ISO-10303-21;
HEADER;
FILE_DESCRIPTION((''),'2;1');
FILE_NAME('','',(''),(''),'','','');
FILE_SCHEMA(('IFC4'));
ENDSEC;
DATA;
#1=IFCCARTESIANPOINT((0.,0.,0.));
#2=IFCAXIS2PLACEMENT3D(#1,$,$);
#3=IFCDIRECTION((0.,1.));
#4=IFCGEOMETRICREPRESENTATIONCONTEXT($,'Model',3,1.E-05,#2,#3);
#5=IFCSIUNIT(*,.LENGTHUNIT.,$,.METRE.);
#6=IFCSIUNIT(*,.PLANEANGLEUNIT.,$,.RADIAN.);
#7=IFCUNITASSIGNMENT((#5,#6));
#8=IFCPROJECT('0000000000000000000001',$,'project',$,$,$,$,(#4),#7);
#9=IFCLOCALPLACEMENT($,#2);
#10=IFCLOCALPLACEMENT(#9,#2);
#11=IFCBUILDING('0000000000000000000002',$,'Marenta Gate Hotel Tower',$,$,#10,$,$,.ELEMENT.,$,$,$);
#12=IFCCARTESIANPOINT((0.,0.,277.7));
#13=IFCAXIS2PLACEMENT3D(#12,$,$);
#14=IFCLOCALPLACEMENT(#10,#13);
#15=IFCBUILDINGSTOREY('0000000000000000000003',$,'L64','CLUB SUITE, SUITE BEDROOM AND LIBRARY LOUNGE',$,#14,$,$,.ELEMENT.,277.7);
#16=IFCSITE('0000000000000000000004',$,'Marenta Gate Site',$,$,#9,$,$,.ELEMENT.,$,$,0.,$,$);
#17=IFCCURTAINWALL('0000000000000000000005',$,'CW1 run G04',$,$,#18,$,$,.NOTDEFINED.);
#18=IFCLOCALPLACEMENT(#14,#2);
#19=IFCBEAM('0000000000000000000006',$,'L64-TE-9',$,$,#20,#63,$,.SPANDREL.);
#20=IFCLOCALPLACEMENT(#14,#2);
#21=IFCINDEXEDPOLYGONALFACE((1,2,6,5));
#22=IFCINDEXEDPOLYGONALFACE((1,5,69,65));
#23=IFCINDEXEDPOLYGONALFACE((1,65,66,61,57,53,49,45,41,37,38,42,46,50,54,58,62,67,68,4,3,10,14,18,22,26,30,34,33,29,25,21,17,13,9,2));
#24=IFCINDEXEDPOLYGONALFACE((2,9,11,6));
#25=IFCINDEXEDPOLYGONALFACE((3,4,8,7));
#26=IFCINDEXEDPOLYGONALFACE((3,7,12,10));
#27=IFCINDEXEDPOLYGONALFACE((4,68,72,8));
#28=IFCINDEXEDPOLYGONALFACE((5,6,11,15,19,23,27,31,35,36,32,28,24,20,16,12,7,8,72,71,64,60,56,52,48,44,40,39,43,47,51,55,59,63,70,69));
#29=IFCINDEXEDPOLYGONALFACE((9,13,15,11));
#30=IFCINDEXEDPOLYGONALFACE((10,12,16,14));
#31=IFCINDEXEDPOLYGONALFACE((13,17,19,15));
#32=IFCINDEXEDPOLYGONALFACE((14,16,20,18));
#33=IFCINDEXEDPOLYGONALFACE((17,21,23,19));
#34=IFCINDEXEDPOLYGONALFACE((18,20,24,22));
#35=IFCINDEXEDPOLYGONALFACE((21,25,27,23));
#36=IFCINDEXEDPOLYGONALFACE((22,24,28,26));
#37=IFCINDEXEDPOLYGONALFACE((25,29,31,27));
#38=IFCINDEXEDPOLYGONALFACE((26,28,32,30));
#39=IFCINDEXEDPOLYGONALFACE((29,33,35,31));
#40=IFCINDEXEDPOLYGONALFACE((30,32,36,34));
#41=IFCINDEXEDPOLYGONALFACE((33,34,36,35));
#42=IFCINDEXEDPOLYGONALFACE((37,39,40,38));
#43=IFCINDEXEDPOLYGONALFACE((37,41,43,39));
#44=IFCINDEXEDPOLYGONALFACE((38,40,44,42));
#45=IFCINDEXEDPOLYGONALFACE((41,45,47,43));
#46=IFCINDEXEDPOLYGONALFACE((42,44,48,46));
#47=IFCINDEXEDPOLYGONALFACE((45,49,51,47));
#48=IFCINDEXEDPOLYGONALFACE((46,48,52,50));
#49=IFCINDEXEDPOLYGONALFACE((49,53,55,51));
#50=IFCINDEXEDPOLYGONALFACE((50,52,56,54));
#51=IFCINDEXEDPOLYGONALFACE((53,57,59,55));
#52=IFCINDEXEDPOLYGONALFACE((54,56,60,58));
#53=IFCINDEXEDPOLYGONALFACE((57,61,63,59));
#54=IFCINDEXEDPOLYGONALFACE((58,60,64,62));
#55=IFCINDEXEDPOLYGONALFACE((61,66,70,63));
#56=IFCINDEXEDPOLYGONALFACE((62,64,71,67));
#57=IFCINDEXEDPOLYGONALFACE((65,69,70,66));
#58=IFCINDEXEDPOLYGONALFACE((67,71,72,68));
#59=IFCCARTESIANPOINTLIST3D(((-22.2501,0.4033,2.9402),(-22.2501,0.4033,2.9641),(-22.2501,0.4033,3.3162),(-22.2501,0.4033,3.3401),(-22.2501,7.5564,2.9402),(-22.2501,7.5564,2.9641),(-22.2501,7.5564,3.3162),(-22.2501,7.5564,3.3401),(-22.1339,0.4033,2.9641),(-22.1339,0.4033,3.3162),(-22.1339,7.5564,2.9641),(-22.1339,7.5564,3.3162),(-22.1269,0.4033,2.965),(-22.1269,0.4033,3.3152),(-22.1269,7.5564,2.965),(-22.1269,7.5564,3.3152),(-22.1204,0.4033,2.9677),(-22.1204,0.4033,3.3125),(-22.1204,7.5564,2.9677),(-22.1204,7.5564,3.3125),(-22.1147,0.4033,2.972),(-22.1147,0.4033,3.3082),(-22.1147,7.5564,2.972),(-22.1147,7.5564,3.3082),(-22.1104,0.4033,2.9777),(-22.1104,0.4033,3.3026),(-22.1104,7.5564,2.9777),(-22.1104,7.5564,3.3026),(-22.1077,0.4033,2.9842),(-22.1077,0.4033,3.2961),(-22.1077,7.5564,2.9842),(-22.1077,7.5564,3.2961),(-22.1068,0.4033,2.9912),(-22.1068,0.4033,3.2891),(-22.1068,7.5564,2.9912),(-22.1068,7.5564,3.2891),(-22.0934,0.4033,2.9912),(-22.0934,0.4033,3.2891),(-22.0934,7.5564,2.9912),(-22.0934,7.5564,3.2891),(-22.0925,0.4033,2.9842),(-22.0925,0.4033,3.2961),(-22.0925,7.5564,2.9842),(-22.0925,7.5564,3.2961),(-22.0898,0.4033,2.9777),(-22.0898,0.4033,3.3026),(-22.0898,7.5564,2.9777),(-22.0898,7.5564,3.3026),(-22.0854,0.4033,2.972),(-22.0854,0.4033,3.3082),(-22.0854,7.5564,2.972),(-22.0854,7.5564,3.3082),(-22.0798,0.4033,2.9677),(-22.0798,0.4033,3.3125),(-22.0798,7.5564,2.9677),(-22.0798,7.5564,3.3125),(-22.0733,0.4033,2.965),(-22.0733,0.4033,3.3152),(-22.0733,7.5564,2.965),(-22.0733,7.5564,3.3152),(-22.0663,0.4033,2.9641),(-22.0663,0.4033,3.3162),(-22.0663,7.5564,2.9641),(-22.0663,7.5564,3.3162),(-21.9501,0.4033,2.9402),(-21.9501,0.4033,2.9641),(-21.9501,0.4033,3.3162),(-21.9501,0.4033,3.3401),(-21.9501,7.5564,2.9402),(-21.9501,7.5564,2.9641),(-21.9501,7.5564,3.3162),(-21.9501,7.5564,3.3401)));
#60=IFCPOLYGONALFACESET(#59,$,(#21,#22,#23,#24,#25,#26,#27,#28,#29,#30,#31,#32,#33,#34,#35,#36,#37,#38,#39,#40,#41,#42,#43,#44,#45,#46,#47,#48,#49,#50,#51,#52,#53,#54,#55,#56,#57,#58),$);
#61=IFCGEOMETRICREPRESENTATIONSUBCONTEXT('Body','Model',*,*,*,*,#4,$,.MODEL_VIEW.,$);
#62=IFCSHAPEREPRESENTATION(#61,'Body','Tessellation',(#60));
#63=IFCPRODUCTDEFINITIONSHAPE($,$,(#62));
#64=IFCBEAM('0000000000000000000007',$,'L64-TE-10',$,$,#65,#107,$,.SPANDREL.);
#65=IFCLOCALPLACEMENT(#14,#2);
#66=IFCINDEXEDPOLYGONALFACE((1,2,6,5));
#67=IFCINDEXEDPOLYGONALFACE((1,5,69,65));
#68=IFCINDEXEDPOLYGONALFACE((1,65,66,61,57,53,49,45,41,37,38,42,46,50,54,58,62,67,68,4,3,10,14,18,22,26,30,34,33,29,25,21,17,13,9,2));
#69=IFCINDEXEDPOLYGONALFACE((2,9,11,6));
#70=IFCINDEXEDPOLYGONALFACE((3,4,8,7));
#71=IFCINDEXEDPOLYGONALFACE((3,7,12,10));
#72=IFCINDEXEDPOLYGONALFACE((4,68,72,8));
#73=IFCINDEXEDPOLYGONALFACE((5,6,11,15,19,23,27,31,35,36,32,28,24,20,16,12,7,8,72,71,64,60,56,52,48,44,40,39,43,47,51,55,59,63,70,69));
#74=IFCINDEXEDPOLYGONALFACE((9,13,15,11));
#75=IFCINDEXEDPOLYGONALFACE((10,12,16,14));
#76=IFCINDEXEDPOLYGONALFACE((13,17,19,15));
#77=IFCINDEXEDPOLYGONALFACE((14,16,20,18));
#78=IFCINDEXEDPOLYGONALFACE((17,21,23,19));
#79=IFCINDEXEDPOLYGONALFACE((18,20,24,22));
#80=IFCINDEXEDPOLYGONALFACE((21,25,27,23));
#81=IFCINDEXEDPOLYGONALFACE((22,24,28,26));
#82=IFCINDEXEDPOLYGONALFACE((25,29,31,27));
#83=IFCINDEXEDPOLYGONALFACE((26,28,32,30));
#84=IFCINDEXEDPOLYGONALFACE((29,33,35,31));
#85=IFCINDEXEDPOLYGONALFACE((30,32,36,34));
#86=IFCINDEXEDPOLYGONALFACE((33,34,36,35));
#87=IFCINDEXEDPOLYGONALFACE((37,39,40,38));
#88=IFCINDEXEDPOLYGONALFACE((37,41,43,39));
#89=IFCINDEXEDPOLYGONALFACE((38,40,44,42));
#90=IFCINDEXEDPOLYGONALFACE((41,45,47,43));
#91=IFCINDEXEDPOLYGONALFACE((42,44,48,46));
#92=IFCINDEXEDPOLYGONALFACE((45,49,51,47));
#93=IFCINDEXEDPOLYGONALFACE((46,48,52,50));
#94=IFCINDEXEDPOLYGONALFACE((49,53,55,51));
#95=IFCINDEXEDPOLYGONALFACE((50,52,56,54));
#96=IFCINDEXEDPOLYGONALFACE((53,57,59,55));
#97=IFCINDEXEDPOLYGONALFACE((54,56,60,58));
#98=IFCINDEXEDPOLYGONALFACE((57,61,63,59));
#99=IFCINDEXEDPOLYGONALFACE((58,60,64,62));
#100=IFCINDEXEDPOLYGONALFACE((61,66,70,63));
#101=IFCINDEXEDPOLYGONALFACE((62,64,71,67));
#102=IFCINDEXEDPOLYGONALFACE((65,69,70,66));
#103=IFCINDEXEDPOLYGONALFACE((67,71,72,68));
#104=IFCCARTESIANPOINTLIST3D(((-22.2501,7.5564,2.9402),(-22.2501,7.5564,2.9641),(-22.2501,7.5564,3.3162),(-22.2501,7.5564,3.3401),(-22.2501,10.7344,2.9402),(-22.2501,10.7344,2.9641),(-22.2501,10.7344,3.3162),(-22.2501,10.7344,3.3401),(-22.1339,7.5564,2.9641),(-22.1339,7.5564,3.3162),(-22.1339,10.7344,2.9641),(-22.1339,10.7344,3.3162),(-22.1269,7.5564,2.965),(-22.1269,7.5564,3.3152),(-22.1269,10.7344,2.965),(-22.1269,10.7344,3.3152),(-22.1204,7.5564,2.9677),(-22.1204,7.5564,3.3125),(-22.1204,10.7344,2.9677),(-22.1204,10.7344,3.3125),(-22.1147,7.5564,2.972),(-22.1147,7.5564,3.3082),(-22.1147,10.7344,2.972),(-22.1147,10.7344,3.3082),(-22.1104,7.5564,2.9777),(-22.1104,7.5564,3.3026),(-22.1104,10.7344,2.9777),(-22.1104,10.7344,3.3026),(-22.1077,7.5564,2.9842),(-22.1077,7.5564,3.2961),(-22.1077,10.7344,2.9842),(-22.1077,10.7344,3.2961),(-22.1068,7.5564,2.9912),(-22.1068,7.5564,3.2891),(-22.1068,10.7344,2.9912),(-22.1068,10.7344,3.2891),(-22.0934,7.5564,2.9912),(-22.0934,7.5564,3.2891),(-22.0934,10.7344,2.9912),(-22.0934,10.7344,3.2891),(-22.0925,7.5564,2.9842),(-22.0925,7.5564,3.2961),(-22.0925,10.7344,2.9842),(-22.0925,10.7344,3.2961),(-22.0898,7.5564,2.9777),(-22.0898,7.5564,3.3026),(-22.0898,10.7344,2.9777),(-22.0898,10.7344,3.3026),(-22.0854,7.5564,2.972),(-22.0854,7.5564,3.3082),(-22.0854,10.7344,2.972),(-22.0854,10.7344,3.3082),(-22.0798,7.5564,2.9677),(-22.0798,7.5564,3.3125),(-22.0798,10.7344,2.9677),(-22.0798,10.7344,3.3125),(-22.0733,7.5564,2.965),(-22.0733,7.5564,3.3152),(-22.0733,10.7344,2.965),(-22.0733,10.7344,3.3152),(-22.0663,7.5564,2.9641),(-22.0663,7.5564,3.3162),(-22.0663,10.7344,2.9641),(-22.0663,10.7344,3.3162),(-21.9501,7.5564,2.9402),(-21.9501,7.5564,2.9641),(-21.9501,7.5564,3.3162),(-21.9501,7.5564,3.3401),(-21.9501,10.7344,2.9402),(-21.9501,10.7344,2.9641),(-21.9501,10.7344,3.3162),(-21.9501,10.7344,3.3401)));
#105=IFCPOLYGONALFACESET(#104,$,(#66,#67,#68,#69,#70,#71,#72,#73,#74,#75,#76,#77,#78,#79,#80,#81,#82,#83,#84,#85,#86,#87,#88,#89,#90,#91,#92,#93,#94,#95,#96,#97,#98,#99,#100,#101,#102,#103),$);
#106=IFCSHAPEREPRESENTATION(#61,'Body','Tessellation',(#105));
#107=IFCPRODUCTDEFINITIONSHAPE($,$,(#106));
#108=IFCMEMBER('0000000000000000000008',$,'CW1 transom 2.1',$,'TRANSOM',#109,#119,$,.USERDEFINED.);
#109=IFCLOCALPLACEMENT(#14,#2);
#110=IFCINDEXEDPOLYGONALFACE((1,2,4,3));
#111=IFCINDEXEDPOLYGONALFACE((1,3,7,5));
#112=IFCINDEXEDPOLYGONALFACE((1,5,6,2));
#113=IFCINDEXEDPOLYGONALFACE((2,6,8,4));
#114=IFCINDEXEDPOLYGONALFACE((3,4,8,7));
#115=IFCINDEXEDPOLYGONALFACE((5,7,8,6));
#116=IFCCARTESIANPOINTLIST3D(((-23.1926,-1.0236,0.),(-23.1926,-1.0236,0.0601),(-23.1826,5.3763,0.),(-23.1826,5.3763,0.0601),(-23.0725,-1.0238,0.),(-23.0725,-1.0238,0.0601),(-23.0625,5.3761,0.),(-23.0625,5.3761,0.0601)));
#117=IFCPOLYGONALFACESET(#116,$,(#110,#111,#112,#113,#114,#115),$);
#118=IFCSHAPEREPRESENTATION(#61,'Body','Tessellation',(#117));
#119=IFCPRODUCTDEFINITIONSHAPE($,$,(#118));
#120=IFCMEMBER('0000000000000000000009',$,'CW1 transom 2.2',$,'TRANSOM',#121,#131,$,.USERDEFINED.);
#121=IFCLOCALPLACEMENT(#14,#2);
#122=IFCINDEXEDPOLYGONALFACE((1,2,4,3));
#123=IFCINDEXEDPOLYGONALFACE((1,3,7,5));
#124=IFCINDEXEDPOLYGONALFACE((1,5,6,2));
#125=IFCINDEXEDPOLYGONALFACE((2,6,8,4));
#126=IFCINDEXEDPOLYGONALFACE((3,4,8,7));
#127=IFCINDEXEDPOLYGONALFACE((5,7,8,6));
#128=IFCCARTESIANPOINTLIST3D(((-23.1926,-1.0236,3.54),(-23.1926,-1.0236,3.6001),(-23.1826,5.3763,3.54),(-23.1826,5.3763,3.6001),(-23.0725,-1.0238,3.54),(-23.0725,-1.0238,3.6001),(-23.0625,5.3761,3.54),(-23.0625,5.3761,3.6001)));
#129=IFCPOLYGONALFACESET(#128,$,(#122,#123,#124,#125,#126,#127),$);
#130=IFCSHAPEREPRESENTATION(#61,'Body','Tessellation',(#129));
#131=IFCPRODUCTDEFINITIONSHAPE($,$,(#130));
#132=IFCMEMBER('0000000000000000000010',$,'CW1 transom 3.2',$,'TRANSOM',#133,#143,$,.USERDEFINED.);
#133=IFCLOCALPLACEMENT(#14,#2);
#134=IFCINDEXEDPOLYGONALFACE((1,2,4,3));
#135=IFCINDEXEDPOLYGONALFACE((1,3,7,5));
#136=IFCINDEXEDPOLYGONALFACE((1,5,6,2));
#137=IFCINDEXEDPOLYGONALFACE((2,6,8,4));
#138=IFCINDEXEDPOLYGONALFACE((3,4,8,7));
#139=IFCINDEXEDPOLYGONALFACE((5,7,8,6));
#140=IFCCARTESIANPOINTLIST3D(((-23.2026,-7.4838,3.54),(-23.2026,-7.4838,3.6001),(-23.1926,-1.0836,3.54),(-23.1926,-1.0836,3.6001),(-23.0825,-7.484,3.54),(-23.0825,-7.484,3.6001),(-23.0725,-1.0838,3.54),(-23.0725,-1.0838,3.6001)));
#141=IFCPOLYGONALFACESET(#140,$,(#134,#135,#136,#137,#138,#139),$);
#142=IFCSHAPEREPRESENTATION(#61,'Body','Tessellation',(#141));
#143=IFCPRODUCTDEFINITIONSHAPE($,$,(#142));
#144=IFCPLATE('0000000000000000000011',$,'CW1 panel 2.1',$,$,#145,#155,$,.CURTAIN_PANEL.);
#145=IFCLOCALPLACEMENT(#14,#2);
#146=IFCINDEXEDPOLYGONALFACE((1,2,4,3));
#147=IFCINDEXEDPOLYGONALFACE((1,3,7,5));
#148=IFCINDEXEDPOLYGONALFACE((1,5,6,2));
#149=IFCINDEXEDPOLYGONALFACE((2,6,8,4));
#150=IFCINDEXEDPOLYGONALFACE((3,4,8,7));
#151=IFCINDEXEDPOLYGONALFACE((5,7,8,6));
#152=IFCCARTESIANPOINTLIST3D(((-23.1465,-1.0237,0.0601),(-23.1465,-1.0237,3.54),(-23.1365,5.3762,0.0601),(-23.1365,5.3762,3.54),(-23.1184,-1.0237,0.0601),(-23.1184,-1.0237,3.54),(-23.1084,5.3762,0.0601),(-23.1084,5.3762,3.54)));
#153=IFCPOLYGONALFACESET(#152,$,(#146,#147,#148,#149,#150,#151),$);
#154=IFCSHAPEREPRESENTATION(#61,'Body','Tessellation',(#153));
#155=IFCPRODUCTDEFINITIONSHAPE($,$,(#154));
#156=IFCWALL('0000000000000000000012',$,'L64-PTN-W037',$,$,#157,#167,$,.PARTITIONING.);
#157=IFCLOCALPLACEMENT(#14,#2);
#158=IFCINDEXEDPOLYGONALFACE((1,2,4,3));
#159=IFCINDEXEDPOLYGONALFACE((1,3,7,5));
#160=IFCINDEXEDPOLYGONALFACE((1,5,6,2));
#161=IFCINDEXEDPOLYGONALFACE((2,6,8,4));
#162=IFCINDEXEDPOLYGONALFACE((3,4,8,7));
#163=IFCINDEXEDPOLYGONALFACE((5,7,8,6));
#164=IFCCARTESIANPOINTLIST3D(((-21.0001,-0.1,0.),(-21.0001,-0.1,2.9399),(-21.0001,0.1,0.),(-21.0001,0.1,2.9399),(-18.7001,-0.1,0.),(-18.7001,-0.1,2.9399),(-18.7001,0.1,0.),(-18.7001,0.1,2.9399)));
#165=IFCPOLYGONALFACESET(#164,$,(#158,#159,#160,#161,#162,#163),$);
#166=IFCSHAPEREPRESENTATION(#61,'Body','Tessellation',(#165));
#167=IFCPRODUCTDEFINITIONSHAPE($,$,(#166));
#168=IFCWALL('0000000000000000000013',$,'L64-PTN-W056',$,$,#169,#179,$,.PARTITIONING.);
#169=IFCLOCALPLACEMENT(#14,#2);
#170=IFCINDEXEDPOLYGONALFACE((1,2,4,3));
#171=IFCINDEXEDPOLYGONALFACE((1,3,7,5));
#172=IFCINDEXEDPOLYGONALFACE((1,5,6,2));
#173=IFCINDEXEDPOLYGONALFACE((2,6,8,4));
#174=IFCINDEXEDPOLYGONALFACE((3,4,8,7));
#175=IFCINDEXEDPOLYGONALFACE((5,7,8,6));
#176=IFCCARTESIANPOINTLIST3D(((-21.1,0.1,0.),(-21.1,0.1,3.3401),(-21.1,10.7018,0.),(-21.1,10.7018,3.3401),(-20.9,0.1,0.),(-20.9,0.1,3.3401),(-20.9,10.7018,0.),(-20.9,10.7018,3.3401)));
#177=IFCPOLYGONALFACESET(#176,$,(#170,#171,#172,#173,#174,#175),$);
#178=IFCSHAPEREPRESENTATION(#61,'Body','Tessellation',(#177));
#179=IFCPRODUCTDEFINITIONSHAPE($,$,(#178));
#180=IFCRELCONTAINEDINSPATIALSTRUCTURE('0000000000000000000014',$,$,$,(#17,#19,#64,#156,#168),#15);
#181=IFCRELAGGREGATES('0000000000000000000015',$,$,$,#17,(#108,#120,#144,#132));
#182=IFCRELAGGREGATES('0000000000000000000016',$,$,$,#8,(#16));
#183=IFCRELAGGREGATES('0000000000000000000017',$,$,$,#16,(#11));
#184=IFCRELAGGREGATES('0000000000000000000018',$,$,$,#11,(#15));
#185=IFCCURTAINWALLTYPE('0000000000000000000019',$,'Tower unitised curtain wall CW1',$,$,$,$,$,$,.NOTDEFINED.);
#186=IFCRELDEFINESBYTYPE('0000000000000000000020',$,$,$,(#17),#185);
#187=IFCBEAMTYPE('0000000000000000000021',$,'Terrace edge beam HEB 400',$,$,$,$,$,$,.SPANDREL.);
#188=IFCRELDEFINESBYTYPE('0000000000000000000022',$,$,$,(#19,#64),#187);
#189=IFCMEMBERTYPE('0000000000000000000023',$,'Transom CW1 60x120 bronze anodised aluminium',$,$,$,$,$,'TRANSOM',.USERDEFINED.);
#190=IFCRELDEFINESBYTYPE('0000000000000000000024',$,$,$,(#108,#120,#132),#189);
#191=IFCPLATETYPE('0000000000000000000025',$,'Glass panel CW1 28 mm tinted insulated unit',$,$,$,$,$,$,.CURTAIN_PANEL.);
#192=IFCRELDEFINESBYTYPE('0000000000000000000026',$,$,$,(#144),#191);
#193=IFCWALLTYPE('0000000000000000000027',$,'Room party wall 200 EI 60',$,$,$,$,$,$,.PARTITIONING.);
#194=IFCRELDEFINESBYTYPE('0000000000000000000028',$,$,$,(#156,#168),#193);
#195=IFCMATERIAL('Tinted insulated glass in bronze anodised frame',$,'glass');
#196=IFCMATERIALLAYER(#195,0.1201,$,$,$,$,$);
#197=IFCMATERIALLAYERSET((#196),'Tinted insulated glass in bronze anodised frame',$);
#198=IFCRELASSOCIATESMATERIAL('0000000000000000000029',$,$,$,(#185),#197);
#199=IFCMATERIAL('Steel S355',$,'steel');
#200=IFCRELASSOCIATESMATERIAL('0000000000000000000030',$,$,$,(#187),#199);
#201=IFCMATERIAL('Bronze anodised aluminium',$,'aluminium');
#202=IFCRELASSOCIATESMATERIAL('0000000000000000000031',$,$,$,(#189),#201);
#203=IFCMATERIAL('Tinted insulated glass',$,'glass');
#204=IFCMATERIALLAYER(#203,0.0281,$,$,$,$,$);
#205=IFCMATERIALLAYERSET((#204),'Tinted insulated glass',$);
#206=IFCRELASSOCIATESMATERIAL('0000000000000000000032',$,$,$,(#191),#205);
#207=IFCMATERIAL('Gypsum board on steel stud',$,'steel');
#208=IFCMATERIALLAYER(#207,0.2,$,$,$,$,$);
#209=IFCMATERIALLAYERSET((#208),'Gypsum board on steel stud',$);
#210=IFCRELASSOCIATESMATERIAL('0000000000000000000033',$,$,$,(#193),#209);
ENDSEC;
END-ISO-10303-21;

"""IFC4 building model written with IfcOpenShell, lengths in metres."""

from ifc_helpers import new_model, si_unit, direction, frame, frame_2d, origin, origin_2d, place, context, subcontext, project, spatial, rectangle, i_section, extrude, material, layer, layer_set, material_profile, profile_set, type_object, element, aggregate, save


model = new_model("IFC4")

# Units and contexts
model_context = context("Model", 3, precision=1e-05, world=origin(), true_north=direction((0.0, 1.0)))
body_context = subcontext(model_context, "Body", "Model", "MODEL_VIEW")
ifc_project = project(units=[si_unit("LENGTHUNIT", "METRE"), si_unit("PLANEANGLEUNIT", "RADIAN")], contexts=[model_context])

# Site, building, storey
site_placement = place(None, origin())
site = spatial("IfcSite", under=ifc_project, at=site_placement, Name="Marenta Gate Site", CompositionType="ELEMENT", RefElevation=0.0)
building_placement = place(site_placement, origin())
building = spatial("IfcBuilding", under=site, at=building_placement, Name="Marenta Gate Hotel Tower", CompositionType="ELEMENT")
storey_placement = place(building_placement, frame((0.0, 0.0, 277.7)))
storey = spatial("IfcBuildingStorey", under=building, at=storey_placement, Name="L64", Description="CLUB SUITE, SUITE BEDROOM AND LIBRARY LOUNGE", CompositionType="ELEMENT", Elevation=277.7)

# Curtain wall
ifc_material_1 = material(Name="Tinted insulated glass in bronze anodised frame", Category="glass")
ifc_layer_1 = layer(ifc_material_1, 0.1201)
ifc_layer_set_1 = layer_set([ifc_layer_1], Name="Tinted insulated glass in bronze anodised frame")
curtain_wall_type = type_object("IfcCurtainWallType", Name="Tower unitised curtain wall CW1", PredefinedType="NOTDEFINED", material=ifc_layer_set_1)
curtain_wall_placement = place(storey_placement, origin())
curtain_wall = element("IfcCurtainWall", 1, at=curtain_wall_placement, inside=storey, type_object=curtain_wall_type, Name="CW1 run G04", PredefinedType="NOTDEFINED")

# Beams
ifc_material_2 = material(Name="Steel S355", Category="steel")
ifc_material_profile_1 = material_profile(ifc_material_2, i_section(OverallWidth=0.3, OverallDepth=0.3999, WebThickness=0.0134, FlangeThickness=0.0239, FilletRadius=0.0271, at=origin_2d()), Name="HEB 400")
ifc_profile_set_1 = profile_set([ifc_material_profile_1], Name="Steel S355")
beam_type_1 = type_object("IfcBeamType", Name="Terrace edge beam HEB 400", PredefinedType="SPANDREL", material=ifc_profile_set_1)
beam_1_placement = place(storey_placement, frame((-22.1001, 0.4033, 3.1401), z_axis=(0.0, 1.0, 0.0), x_axis=(-1.0, 0.0, 0.0)))
element("IfcBeam", 2, at=beam_1_placement, inside=storey, type_object=beam_type_1, Name="L64-TE-9", PredefinedType="SPANDREL", context=body_context, shape_type="SweptSolid", body=[
    extrude(i_section(OverallWidth=0.3, OverallDepth=0.3999, WebThickness=0.0134, FlangeThickness=0.0239, FilletRadius=0.0271, at=origin_2d()), origin(), (0.0, 0.0, 1.0), 7.1531),
])
beam_2_placement = place(storey_placement, frame((-22.1001, 7.5564, 3.1401), z_axis=(0.0, 1.0, 0.0), x_axis=(-1.0, 0.0, 0.0)))
element("IfcBeam", 3, at=beam_2_placement, inside=storey, type_object=beam_type_1, Name="L64-TE-10", PredefinedType="SPANDREL", context=body_context, shape_type="SweptSolid", body=[
    extrude(i_section(OverallWidth=0.3, OverallDepth=0.3999, WebThickness=0.0134, FlangeThickness=0.0239, FilletRadius=0.0271, at=origin_2d()), origin(), (0.0, 0.0, 1.0), 3.178),
])

# Members
ifc_material_3 = material(Name="Bronze anodised aluminium", Category="aluminium")
ifc_material_profile_2 = material_profile(ifc_material_3, rectangle(XDim=0.1201, YDim=0.0601, at=origin_2d()), Name="Transom CW1 60x120 bronze anodised aluminium")
ifc_profile_set_2 = profile_set([ifc_material_profile_2], Name="Bronze anodised aluminium")
member_type_1 = type_object("IfcMemberType", Name="Transom CW1 60x120 bronze anodised aluminium", ElementType="TRANSOM", PredefinedType="USERDEFINED", material=ifc_profile_set_2)
member_1_placement = place(storey_placement, frame((-23.1226, 5.3762, 0.03), z_axis=(-0.001564, -0.999999, 0.0), x_axis=(0.999999, -0.001564, 0.0)))
member_1 = element("IfcMember", 4, at=member_1_placement, type_object=member_type_1, Name="CW1 transom 2.1", ObjectType="TRANSOM", PredefinedType="USERDEFINED", context=body_context, shape_type="SweptSolid", body=[
    extrude(rectangle(XDim=0.1201, YDim=0.0601, at=origin_2d()), origin(), (0.0, 0.0, 1.0), 6.3999),
])
member_2_placement = place(storey_placement, frame((-23.1226, 5.3762, 3.5701), z_axis=(-0.001564, -0.999999, 0.0), x_axis=(0.999999, -0.001564, 0.0)))
member_2 = element("IfcMember", 5, at=member_2_placement, type_object=member_type_1, Name="CW1 transom 2.2", ObjectType="TRANSOM", PredefinedType="USERDEFINED", context=body_context, shape_type="SweptSolid", body=[
    extrude(rectangle(XDim=0.1201, YDim=0.0601, at=origin_2d()), origin(), (0.0, 0.0, 1.0), 6.3999),
])
member_3_placement = place(storey_placement, frame((-23.1326, -1.0837, 3.5701), z_axis=(-0.001564, -0.999999, 0.0), x_axis=(0.999999, -0.001564, 0.0)))
member_3 = element("IfcMember", 6, at=member_3_placement, type_object=member_type_1, Name="CW1 transom 3.2", ObjectType="TRANSOM", PredefinedType="USERDEFINED", context=body_context, shape_type="SweptSolid", body=[
    extrude(rectangle(XDim=0.1201, YDim=0.0601, at=origin_2d()), origin(), (0.0, 0.0, 1.0), 6.4001),
])

# Plate
ifc_material_4 = material(Name="Tinted insulated glass", Category="glass")
ifc_layer_2 = layer(ifc_material_4, 0.0281)
ifc_layer_set_2 = layer_set([ifc_layer_2], Name="Tinted insulated glass")
plate_type = type_object("IfcPlateType", Name="Glass panel CW1 28 mm tinted insulated unit", PredefinedType="CURTAIN_PANEL", material=ifc_layer_set_2)
plate_placement = place(storey_placement, frame((-23.1274, 2.1763, 0.0601), z_axis=(0.0, 0.0, 1.0), x_axis=(-0.001566, -0.999999, 0.0)))
plate = element("IfcPlate", 7, at=plate_placement, type_object=plate_type, Name="CW1 panel 2.1", PredefinedType="CURTAIN_PANEL", context=body_context, shape_type="SweptSolid", body=[
    extrude(rectangle(XDim=6.3999, YDim=0.0281, at=origin_2d()), origin(), (0.0, 0.0, 1.0), 3.48),
])
aggregate(curtain_wall, [member_1, member_2, plate, member_3])

# Walls
ifc_material_5 = material(Name="Gypsum board on steel stud", Category="steel")
ifc_layer_3 = layer(ifc_material_5, 0.2)
ifc_layer_set_3 = layer_set([ifc_layer_3], Name="Gypsum board on steel stud")
wall_type = type_object("IfcWallType", Name="Room party wall 200 EI 60", PredefinedType="PARTITIONING", material=ifc_layer_set_3)
wall_1_placement = place(storey_placement, frame((-21.0, 0.0, 0.0), z_axis=(0.0, 0.0, 1.0), x_axis=(1.0, 0.0, 0.0)))
element("IfcWall", 8, at=wall_1_placement, inside=storey, type_object=wall_type, Name="L64-PTN-W037", PredefinedType="PARTITIONING", context=body_context, shape_type="SweptSolid", body=[
    extrude(rectangle(XDim=2.3, YDim=0.2, at=frame_2d((1.1499, 0.0))), origin(), (0.0, 0.0, 1.0), 2.9399),
])
wall_2_placement = place(storey_placement, frame((-21.0, 0.1001, 0.0), z_axis=(0.0, 0.0, 1.0), x_axis=(0.0, 1.0, 0.0)))
element("IfcWall", 9, at=wall_2_placement, inside=storey, type_object=wall_type, Name="L64-PTN-W056", PredefinedType="PARTITIONING", context=body_context, shape_type="SweptSolid", body=[
    extrude(rectangle(XDim=10.6018, YDim=0.2, at=frame_2d((5.3008, 0.0))), origin(), (0.0, 0.0, 1.0), 3.3401),
])

save(model, "model.ifc")
